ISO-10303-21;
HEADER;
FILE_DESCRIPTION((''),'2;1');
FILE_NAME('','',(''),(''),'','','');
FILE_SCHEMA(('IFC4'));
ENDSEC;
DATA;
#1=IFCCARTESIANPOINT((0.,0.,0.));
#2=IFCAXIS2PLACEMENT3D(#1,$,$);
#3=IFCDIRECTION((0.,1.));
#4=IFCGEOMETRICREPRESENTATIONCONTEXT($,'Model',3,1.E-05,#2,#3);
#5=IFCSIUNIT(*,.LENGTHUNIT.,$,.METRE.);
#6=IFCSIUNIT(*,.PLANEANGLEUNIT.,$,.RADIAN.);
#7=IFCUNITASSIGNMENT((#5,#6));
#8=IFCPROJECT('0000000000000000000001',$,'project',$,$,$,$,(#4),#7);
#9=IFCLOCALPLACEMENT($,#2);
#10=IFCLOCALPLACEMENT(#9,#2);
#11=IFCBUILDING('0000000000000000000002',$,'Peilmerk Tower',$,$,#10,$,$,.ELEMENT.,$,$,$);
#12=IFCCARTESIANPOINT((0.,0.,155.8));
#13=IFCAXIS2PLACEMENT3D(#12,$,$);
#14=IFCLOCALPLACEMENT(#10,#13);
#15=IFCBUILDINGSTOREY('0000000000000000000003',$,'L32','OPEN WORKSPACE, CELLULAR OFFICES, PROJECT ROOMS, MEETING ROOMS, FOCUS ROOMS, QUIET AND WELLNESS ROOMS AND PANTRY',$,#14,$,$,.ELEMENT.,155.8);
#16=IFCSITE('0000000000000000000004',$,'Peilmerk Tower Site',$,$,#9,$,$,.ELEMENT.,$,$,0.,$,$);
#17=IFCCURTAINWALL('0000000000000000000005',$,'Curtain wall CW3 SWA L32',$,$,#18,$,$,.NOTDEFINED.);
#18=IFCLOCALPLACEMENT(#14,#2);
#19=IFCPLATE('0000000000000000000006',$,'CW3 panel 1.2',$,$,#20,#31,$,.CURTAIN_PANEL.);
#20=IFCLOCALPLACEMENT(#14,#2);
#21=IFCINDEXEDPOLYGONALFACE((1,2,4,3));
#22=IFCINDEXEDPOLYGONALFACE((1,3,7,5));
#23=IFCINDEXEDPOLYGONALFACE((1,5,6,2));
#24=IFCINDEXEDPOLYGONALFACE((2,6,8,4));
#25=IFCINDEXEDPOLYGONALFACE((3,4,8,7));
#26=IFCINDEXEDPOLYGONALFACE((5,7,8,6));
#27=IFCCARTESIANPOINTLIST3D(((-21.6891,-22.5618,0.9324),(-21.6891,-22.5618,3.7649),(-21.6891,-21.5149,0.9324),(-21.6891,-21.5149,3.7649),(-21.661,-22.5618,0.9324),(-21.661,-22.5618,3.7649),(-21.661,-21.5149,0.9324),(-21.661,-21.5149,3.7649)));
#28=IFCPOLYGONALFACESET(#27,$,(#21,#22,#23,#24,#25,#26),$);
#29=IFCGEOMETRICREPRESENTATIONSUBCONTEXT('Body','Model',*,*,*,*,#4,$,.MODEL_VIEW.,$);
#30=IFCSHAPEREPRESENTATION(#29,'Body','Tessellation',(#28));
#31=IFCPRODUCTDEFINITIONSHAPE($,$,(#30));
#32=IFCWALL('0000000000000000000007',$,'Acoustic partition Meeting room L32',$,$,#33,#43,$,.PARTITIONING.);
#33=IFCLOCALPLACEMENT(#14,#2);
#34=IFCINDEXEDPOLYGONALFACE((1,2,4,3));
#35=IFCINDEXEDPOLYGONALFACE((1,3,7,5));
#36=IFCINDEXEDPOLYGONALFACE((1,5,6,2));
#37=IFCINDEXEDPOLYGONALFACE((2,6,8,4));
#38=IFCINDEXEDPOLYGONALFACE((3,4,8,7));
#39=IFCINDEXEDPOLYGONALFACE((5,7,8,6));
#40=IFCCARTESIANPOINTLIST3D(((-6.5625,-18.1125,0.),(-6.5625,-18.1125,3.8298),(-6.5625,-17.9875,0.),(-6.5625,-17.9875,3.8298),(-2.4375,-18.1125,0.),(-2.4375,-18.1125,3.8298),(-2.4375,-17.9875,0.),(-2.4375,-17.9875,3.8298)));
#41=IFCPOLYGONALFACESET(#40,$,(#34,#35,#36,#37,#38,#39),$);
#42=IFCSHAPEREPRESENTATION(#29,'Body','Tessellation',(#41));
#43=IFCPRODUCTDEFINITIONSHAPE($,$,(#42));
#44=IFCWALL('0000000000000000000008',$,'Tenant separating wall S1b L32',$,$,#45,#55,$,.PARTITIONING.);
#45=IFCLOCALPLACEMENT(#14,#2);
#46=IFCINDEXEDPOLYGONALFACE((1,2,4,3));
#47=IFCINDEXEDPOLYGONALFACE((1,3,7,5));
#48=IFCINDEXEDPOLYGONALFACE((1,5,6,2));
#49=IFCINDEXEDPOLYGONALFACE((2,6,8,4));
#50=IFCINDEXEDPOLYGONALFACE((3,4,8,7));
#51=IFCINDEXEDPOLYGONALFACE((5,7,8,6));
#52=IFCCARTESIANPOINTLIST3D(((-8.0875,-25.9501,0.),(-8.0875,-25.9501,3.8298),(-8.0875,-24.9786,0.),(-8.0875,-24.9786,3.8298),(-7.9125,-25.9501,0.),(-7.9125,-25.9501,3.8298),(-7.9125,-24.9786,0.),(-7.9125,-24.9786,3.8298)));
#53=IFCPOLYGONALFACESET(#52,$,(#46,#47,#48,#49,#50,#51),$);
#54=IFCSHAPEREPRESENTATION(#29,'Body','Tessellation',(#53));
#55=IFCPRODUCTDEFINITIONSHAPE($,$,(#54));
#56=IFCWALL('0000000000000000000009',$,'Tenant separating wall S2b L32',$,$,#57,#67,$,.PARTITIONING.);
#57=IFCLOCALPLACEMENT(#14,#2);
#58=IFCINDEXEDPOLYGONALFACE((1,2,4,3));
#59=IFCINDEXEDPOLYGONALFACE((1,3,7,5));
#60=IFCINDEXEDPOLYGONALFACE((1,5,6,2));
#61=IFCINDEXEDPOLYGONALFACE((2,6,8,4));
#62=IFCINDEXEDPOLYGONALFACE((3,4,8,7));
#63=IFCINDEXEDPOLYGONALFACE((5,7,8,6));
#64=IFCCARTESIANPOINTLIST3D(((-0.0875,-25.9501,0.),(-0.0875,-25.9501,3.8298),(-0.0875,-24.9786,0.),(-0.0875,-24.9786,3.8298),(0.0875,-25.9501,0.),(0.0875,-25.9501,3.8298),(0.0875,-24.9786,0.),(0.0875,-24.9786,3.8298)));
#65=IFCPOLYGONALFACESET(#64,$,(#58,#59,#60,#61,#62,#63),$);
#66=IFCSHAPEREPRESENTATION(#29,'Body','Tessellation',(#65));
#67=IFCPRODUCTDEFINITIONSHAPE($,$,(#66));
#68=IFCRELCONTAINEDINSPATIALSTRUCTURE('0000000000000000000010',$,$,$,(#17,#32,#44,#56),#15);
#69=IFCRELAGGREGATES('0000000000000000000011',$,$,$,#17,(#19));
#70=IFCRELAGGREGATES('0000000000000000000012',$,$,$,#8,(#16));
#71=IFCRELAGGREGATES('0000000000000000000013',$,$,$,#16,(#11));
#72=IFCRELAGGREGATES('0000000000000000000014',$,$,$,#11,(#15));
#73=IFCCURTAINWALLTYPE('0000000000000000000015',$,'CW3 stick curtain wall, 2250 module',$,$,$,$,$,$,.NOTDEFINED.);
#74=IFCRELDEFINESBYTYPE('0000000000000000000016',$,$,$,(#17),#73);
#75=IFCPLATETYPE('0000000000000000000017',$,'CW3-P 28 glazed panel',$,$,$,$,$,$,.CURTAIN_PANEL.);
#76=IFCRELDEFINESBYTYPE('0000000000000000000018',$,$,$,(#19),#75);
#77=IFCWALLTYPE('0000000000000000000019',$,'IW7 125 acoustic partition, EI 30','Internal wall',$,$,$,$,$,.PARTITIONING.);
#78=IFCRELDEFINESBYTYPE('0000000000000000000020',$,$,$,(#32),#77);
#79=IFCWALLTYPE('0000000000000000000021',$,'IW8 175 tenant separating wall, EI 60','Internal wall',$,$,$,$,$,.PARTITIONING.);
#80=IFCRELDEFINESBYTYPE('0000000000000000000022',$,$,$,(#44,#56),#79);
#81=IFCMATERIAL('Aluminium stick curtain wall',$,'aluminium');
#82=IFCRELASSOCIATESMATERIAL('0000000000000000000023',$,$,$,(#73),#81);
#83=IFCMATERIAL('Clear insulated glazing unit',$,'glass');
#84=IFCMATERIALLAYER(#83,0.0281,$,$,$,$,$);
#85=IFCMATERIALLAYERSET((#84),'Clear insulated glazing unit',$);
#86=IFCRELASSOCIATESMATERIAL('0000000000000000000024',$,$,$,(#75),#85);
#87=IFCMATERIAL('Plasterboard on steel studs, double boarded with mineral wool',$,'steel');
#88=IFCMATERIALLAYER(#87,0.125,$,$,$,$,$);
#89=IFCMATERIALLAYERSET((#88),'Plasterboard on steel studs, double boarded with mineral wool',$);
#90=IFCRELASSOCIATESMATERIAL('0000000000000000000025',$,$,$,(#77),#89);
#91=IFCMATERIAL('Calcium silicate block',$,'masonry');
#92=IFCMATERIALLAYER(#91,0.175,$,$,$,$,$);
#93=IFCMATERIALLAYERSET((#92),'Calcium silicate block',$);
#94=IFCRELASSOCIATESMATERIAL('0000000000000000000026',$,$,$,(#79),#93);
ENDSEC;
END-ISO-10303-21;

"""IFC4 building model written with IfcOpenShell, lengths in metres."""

from ifc_helpers import new_model, si_unit, direction, frame, frame_2d, origin, origin_2d, place, context, subcontext, project, spatial, rectangle, extrude, material, layer, layer_set, type_object, element, aggregate, save


model = new_model("IFC4")

# Units and contexts
model_context = context("Model", 3, precision=1e-05, world=origin(), true_north=direction((0.0, 1.0)))
body_context = subcontext(model_context, "Body", "Model", "MODEL_VIEW")
ifc_project = project(units=[si_unit("LENGTHUNIT", "METRE"), si_unit("PLANEANGLEUNIT", "RADIAN")], contexts=[model_context])

# Site, building, storey
site_placement = place(None, origin())
site = spatial("IfcSite", under=ifc_project, at=site_placement, Name="Peilmerk Tower Site", CompositionType="ELEMENT", RefElevation=0.0)
building_placement = place(site_placement, origin())
building = spatial("IfcBuilding", under=site, at=building_placement, Name="Peilmerk Tower", CompositionType="ELEMENT")
storey_placement = place(building_placement, frame((0.0, 0.0, 155.8)))
storey = spatial("IfcBuildingStorey", under=building, at=storey_placement, Name="L32", Description="OPEN WORKSPACE, CELLULAR OFFICES, PROJECT ROOMS, MEETING ROOMS, FOCUS ROOMS, QUIET AND WELLNESS ROOMS AND PANTRY", CompositionType="ELEMENT", Elevation=155.8)

# Curtain wall, plate
ifc_material_1 = material(Name="Aluminium stick curtain wall", Category="aluminium")
curtain_wall_type = type_object("IfcCurtainWallType", Name="CW3 stick curtain wall, 2250 module", PredefinedType="NOTDEFINED", material=ifc_material_1)
curtain_wall_placement = place(storey_placement, origin())
curtain_wall = element("IfcCurtainWall", 1, at=curtain_wall_placement, inside=storey, type_object=curtain_wall_type, Name="Curtain wall CW3 SWA L32", PredefinedType="NOTDEFINED")
ifc_material_2 = material(Name="Clear insulated glazing unit", Category="glass")
ifc_layer_1 = layer(ifc_material_2, 0.0281)
ifc_layer_set_1 = layer_set([ifc_layer_1], Name="Clear insulated glazing unit")
plate_type = type_object("IfcPlateType", Name="CW3-P 28 glazed panel", PredefinedType="CURTAIN_PANEL", material=ifc_layer_set_1)
plate_1_placement = place(storey_placement, frame((-21.675, -22.0383, 0.9324), z_axis=(0.0, 0.0, 1.0), x_axis=(0.0, -1.0, 0.0)))
plate_1 = element("IfcPlate", 2, at=plate_1_placement, type_object=plate_type, Name="CW3 panel 1.2", PredefinedType="CURTAIN_PANEL", context=body_context, shape_type="SweptSolid", body=[
    extrude(rectangle(XDim=1.0469, YDim=0.0281, at=origin_2d()), origin(), (0.0, 0.0, 1.0), 2.8325),
])
aggregate(curtain_wall, [plate_1])

# Walls
ifc_material_3 = material(Name="Plasterboard on steel studs, double boarded with mineral wool", Category="steel")
ifc_layer_2 = layer(ifc_material_3, 0.125)
ifc_layer_set_2 = layer_set([ifc_layer_2], Name="Plasterboard on steel studs, double boarded with mineral wool")
wall_type_1 = type_object("IfcWallType", Name="IW7 125 acoustic partition, EI 30", Description="Internal wall", PredefinedType="PARTITIONING", material=ifc_layer_set_2)
wall_placement = place(storey_placement, frame((-6.5625, -18.05, 0.0), z_axis=(0.0, 0.0, 1.0), x_axis=(1.0, 0.0, 0.0)))
element("IfcWall", 3, at=wall_placement, inside=storey, type_object=wall_type_1, Name="Acoustic partition Meeting room L32", PredefinedType="PARTITIONING", context=body_context, shape_type="SweptSolid", body=[
    extrude(rectangle(XDim=4.125, YDim=0.125, at=frame_2d((2.0625, 0.0))), origin(), (0.0, 0.0, 1.0), 3.8298),
])
ifc_material_4 = material(Name="Calcium silicate block", Category="masonry")
ifc_layer_3 = layer(ifc_material_4, 0.175)
ifc_layer_set_3 = layer_set([ifc_layer_3], Name="Calcium silicate block")
wall_type_2 = type_object("IfcWallType", Name="IW8 175 tenant separating wall, EI 60", Description="Internal wall", PredefinedType="PARTITIONING", material=ifc_layer_set_3)
for number, where, z_axis, x_axis, name in (
    (4, (-8.0, -24.9785, 0.0), (0.0, 0.0, 1.0), (0.0, -1.0, 0.0), "Tenant separating wall S1b L32"),
    (5, (0.0, -24.9785, 0.0), (0.0, 0.0, 1.0), (0.0, -1.0, 0.0), "Tenant separating wall S2b L32"),
):
    element("IfcWall", number, at=place(storey_placement, frame(where, z_axis=z_axis, x_axis=x_axis)), inside=storey, type_object=wall_type_2, Name=name, PredefinedType="PARTITIONING", context=body_context, shape_type="SweptSolid", body=[
        extrude(rectangle(XDim=0.9714, YDim=0.175, at=frame_2d((0.4858, 0.0))), origin(), (0.0, 0.0, 1.0), 3.8298),
    ])

save(model, "model.ifc")
